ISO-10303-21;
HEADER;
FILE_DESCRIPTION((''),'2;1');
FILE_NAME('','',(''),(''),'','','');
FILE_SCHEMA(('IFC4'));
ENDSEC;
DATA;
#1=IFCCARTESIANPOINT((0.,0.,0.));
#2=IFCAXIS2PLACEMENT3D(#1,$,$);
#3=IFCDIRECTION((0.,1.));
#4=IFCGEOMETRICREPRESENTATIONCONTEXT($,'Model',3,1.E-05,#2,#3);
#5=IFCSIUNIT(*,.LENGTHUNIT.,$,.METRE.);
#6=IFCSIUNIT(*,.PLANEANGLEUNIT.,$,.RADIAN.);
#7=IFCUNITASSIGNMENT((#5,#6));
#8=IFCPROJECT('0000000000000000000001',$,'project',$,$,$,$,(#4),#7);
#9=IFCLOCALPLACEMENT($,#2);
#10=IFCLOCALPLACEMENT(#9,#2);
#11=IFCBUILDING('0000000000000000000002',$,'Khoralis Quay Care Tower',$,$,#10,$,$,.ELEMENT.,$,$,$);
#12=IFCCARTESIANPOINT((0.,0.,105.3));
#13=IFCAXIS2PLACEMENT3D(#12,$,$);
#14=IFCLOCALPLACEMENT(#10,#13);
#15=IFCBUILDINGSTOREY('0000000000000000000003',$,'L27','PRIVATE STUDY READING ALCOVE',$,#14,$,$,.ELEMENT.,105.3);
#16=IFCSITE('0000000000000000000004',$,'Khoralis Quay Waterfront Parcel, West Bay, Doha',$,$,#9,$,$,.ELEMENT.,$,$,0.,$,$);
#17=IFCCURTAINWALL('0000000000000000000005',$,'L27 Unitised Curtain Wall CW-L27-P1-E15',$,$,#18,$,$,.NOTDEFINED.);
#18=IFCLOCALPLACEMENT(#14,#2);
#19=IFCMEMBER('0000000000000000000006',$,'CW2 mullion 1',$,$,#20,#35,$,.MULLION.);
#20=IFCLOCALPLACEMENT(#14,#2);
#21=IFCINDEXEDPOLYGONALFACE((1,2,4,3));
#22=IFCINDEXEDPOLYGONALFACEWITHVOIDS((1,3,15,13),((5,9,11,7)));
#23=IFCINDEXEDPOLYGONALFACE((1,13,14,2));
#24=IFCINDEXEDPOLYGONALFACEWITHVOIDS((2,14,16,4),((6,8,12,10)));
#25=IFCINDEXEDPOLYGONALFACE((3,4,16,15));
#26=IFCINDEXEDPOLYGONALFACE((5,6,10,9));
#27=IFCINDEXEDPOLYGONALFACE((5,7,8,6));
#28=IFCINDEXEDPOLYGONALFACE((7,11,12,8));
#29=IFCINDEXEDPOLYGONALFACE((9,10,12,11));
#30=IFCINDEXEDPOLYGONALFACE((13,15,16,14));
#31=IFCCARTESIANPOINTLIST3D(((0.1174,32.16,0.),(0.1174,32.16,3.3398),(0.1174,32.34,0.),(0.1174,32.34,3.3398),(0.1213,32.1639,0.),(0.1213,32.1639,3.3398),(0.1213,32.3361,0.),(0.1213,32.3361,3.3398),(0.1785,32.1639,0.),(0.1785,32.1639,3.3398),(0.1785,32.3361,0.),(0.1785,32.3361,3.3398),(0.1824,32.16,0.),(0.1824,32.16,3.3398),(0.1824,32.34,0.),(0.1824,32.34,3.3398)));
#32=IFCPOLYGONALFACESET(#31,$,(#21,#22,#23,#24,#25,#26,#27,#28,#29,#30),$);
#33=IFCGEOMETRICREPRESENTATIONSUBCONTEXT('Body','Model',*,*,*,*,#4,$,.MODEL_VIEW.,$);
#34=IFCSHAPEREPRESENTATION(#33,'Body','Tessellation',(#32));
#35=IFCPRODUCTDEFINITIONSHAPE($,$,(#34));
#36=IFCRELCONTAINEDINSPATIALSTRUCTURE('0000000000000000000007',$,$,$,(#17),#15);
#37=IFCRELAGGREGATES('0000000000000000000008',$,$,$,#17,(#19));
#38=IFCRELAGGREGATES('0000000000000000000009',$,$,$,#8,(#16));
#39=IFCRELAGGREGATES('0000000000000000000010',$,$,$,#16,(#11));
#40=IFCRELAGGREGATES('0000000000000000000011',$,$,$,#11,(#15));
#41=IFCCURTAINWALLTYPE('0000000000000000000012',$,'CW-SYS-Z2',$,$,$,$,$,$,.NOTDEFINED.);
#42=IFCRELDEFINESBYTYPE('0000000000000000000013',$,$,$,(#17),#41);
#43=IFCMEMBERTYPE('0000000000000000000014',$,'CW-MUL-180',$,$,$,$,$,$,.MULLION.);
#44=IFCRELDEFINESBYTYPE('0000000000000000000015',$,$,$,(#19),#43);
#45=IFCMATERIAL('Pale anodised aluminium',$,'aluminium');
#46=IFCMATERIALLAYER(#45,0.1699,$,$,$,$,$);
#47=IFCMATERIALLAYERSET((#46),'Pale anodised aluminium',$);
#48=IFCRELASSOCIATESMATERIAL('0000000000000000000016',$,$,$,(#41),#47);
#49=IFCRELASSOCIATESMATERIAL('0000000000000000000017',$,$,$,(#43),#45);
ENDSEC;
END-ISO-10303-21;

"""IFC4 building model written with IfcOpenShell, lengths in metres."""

from ifc_helpers import new_model, si_unit, direction, frame, origin, origin_2d, place, context, subcontext, project, spatial, hollow_rectangle, extrude, source, transform, mapped, material, layer, layer_set, material_profile, profile_set, type_object, element, aggregate, save


model = new_model("IFC4")

# Units and contexts
model_context = context("Model", 3, precision=1e-05, world=origin(), true_north=direction((0.0, 1.0)))
body_context = subcontext(model_context, "Body", "Model", "MODEL_VIEW")
ifc_project = project(units=[si_unit("LENGTHUNIT", "METRE"), si_unit("PLANEANGLEUNIT", "RADIAN")], contexts=[model_context])

# Site, building, storey
site_placement = place(None, origin())
site = spatial("IfcSite", under=ifc_project, at=site_placement, Name="Khoralis Quay Waterfront Parcel, West Bay, Doha", CompositionType="ELEMENT", RefElevation=0.0)
building_placement = place(site_placement, origin())
building = spatial("IfcBuilding", under=site, at=building_placement, Name="Khoralis Quay Care Tower", CompositionType="ELEMENT")
storey_placement = place(building_placement, frame((0.0, 0.0, 105.3)))
storey = spatial("IfcBuildingStorey", under=building, at=storey_placement, Name="L27", Description="PRIVATE STUDY READING ALCOVE", CompositionType="ELEMENT", Elevation=105.3)

# Curtain wall, member
ifc_material_1 = material(Name="Pale anodised aluminium", Category="aluminium")
ifc_layer_1 = layer(ifc_material_1, 0.1699)
ifc_layer_set_1 = layer_set([ifc_layer_1], Name="Pale anodised aluminium")
curtain_wall_type = type_object("IfcCurtainWallType", Name="CW-SYS-Z2", PredefinedType="NOTDEFINED", material=ifc_layer_set_1)
curtain_wall_placement = place(storey_placement, origin())
curtain_wall = element("IfcCurtainWall", 1, at=curtain_wall_placement, inside=storey, type_object=curtain_wall_type, Name="L27 Unitised Curtain Wall CW-L27-P1-E15", PredefinedType="NOTDEFINED")
ifc_material_profile_1 = material_profile(ifc_material_1, hollow_rectangle(XDim=0.0649, YDim=0.1799, WallThickness=0.0039, at=origin_2d()), Name="Pale anodised aluminium")
ifc_profile_set_1 = profile_set([ifc_material_profile_1], Name="Pale anodised aluminium")
member_type_1 = type_object("IfcMemberType", Name="CW-MUL-180", PredefinedType="MULLION", material=ifc_profile_set_1)
shared_shape_1 = source(origin(), body_context, "Body", "SweptSolid", [
    extrude(hollow_rectangle(XDim=0.0649, YDim=0.1799, WallThickness=0.0039, at=origin_2d()), origin(), (0.0, 0.0, 1.0), 3.3398),
])
member_1_placement = place(storey_placement, frame((0.1499, 32.25, 0.0), z_axis=(0.0, 0.0, 1.0), x_axis=(1.0, 0.0, 0.0)))
member_1 = element("IfcMember", 2, at=member_1_placement, type_object=member_type_1, Name="CW2 mullion 1", PredefinedType="MULLION", context=body_context, shape_type="MappedRepresentation", body=[
    mapped(shared_shape_1, transform((0.0, 0.0, 0.0), scale=1.0)),
])
aggregate(curtain_wall, [member_1])

save(model, "model.ifc")
